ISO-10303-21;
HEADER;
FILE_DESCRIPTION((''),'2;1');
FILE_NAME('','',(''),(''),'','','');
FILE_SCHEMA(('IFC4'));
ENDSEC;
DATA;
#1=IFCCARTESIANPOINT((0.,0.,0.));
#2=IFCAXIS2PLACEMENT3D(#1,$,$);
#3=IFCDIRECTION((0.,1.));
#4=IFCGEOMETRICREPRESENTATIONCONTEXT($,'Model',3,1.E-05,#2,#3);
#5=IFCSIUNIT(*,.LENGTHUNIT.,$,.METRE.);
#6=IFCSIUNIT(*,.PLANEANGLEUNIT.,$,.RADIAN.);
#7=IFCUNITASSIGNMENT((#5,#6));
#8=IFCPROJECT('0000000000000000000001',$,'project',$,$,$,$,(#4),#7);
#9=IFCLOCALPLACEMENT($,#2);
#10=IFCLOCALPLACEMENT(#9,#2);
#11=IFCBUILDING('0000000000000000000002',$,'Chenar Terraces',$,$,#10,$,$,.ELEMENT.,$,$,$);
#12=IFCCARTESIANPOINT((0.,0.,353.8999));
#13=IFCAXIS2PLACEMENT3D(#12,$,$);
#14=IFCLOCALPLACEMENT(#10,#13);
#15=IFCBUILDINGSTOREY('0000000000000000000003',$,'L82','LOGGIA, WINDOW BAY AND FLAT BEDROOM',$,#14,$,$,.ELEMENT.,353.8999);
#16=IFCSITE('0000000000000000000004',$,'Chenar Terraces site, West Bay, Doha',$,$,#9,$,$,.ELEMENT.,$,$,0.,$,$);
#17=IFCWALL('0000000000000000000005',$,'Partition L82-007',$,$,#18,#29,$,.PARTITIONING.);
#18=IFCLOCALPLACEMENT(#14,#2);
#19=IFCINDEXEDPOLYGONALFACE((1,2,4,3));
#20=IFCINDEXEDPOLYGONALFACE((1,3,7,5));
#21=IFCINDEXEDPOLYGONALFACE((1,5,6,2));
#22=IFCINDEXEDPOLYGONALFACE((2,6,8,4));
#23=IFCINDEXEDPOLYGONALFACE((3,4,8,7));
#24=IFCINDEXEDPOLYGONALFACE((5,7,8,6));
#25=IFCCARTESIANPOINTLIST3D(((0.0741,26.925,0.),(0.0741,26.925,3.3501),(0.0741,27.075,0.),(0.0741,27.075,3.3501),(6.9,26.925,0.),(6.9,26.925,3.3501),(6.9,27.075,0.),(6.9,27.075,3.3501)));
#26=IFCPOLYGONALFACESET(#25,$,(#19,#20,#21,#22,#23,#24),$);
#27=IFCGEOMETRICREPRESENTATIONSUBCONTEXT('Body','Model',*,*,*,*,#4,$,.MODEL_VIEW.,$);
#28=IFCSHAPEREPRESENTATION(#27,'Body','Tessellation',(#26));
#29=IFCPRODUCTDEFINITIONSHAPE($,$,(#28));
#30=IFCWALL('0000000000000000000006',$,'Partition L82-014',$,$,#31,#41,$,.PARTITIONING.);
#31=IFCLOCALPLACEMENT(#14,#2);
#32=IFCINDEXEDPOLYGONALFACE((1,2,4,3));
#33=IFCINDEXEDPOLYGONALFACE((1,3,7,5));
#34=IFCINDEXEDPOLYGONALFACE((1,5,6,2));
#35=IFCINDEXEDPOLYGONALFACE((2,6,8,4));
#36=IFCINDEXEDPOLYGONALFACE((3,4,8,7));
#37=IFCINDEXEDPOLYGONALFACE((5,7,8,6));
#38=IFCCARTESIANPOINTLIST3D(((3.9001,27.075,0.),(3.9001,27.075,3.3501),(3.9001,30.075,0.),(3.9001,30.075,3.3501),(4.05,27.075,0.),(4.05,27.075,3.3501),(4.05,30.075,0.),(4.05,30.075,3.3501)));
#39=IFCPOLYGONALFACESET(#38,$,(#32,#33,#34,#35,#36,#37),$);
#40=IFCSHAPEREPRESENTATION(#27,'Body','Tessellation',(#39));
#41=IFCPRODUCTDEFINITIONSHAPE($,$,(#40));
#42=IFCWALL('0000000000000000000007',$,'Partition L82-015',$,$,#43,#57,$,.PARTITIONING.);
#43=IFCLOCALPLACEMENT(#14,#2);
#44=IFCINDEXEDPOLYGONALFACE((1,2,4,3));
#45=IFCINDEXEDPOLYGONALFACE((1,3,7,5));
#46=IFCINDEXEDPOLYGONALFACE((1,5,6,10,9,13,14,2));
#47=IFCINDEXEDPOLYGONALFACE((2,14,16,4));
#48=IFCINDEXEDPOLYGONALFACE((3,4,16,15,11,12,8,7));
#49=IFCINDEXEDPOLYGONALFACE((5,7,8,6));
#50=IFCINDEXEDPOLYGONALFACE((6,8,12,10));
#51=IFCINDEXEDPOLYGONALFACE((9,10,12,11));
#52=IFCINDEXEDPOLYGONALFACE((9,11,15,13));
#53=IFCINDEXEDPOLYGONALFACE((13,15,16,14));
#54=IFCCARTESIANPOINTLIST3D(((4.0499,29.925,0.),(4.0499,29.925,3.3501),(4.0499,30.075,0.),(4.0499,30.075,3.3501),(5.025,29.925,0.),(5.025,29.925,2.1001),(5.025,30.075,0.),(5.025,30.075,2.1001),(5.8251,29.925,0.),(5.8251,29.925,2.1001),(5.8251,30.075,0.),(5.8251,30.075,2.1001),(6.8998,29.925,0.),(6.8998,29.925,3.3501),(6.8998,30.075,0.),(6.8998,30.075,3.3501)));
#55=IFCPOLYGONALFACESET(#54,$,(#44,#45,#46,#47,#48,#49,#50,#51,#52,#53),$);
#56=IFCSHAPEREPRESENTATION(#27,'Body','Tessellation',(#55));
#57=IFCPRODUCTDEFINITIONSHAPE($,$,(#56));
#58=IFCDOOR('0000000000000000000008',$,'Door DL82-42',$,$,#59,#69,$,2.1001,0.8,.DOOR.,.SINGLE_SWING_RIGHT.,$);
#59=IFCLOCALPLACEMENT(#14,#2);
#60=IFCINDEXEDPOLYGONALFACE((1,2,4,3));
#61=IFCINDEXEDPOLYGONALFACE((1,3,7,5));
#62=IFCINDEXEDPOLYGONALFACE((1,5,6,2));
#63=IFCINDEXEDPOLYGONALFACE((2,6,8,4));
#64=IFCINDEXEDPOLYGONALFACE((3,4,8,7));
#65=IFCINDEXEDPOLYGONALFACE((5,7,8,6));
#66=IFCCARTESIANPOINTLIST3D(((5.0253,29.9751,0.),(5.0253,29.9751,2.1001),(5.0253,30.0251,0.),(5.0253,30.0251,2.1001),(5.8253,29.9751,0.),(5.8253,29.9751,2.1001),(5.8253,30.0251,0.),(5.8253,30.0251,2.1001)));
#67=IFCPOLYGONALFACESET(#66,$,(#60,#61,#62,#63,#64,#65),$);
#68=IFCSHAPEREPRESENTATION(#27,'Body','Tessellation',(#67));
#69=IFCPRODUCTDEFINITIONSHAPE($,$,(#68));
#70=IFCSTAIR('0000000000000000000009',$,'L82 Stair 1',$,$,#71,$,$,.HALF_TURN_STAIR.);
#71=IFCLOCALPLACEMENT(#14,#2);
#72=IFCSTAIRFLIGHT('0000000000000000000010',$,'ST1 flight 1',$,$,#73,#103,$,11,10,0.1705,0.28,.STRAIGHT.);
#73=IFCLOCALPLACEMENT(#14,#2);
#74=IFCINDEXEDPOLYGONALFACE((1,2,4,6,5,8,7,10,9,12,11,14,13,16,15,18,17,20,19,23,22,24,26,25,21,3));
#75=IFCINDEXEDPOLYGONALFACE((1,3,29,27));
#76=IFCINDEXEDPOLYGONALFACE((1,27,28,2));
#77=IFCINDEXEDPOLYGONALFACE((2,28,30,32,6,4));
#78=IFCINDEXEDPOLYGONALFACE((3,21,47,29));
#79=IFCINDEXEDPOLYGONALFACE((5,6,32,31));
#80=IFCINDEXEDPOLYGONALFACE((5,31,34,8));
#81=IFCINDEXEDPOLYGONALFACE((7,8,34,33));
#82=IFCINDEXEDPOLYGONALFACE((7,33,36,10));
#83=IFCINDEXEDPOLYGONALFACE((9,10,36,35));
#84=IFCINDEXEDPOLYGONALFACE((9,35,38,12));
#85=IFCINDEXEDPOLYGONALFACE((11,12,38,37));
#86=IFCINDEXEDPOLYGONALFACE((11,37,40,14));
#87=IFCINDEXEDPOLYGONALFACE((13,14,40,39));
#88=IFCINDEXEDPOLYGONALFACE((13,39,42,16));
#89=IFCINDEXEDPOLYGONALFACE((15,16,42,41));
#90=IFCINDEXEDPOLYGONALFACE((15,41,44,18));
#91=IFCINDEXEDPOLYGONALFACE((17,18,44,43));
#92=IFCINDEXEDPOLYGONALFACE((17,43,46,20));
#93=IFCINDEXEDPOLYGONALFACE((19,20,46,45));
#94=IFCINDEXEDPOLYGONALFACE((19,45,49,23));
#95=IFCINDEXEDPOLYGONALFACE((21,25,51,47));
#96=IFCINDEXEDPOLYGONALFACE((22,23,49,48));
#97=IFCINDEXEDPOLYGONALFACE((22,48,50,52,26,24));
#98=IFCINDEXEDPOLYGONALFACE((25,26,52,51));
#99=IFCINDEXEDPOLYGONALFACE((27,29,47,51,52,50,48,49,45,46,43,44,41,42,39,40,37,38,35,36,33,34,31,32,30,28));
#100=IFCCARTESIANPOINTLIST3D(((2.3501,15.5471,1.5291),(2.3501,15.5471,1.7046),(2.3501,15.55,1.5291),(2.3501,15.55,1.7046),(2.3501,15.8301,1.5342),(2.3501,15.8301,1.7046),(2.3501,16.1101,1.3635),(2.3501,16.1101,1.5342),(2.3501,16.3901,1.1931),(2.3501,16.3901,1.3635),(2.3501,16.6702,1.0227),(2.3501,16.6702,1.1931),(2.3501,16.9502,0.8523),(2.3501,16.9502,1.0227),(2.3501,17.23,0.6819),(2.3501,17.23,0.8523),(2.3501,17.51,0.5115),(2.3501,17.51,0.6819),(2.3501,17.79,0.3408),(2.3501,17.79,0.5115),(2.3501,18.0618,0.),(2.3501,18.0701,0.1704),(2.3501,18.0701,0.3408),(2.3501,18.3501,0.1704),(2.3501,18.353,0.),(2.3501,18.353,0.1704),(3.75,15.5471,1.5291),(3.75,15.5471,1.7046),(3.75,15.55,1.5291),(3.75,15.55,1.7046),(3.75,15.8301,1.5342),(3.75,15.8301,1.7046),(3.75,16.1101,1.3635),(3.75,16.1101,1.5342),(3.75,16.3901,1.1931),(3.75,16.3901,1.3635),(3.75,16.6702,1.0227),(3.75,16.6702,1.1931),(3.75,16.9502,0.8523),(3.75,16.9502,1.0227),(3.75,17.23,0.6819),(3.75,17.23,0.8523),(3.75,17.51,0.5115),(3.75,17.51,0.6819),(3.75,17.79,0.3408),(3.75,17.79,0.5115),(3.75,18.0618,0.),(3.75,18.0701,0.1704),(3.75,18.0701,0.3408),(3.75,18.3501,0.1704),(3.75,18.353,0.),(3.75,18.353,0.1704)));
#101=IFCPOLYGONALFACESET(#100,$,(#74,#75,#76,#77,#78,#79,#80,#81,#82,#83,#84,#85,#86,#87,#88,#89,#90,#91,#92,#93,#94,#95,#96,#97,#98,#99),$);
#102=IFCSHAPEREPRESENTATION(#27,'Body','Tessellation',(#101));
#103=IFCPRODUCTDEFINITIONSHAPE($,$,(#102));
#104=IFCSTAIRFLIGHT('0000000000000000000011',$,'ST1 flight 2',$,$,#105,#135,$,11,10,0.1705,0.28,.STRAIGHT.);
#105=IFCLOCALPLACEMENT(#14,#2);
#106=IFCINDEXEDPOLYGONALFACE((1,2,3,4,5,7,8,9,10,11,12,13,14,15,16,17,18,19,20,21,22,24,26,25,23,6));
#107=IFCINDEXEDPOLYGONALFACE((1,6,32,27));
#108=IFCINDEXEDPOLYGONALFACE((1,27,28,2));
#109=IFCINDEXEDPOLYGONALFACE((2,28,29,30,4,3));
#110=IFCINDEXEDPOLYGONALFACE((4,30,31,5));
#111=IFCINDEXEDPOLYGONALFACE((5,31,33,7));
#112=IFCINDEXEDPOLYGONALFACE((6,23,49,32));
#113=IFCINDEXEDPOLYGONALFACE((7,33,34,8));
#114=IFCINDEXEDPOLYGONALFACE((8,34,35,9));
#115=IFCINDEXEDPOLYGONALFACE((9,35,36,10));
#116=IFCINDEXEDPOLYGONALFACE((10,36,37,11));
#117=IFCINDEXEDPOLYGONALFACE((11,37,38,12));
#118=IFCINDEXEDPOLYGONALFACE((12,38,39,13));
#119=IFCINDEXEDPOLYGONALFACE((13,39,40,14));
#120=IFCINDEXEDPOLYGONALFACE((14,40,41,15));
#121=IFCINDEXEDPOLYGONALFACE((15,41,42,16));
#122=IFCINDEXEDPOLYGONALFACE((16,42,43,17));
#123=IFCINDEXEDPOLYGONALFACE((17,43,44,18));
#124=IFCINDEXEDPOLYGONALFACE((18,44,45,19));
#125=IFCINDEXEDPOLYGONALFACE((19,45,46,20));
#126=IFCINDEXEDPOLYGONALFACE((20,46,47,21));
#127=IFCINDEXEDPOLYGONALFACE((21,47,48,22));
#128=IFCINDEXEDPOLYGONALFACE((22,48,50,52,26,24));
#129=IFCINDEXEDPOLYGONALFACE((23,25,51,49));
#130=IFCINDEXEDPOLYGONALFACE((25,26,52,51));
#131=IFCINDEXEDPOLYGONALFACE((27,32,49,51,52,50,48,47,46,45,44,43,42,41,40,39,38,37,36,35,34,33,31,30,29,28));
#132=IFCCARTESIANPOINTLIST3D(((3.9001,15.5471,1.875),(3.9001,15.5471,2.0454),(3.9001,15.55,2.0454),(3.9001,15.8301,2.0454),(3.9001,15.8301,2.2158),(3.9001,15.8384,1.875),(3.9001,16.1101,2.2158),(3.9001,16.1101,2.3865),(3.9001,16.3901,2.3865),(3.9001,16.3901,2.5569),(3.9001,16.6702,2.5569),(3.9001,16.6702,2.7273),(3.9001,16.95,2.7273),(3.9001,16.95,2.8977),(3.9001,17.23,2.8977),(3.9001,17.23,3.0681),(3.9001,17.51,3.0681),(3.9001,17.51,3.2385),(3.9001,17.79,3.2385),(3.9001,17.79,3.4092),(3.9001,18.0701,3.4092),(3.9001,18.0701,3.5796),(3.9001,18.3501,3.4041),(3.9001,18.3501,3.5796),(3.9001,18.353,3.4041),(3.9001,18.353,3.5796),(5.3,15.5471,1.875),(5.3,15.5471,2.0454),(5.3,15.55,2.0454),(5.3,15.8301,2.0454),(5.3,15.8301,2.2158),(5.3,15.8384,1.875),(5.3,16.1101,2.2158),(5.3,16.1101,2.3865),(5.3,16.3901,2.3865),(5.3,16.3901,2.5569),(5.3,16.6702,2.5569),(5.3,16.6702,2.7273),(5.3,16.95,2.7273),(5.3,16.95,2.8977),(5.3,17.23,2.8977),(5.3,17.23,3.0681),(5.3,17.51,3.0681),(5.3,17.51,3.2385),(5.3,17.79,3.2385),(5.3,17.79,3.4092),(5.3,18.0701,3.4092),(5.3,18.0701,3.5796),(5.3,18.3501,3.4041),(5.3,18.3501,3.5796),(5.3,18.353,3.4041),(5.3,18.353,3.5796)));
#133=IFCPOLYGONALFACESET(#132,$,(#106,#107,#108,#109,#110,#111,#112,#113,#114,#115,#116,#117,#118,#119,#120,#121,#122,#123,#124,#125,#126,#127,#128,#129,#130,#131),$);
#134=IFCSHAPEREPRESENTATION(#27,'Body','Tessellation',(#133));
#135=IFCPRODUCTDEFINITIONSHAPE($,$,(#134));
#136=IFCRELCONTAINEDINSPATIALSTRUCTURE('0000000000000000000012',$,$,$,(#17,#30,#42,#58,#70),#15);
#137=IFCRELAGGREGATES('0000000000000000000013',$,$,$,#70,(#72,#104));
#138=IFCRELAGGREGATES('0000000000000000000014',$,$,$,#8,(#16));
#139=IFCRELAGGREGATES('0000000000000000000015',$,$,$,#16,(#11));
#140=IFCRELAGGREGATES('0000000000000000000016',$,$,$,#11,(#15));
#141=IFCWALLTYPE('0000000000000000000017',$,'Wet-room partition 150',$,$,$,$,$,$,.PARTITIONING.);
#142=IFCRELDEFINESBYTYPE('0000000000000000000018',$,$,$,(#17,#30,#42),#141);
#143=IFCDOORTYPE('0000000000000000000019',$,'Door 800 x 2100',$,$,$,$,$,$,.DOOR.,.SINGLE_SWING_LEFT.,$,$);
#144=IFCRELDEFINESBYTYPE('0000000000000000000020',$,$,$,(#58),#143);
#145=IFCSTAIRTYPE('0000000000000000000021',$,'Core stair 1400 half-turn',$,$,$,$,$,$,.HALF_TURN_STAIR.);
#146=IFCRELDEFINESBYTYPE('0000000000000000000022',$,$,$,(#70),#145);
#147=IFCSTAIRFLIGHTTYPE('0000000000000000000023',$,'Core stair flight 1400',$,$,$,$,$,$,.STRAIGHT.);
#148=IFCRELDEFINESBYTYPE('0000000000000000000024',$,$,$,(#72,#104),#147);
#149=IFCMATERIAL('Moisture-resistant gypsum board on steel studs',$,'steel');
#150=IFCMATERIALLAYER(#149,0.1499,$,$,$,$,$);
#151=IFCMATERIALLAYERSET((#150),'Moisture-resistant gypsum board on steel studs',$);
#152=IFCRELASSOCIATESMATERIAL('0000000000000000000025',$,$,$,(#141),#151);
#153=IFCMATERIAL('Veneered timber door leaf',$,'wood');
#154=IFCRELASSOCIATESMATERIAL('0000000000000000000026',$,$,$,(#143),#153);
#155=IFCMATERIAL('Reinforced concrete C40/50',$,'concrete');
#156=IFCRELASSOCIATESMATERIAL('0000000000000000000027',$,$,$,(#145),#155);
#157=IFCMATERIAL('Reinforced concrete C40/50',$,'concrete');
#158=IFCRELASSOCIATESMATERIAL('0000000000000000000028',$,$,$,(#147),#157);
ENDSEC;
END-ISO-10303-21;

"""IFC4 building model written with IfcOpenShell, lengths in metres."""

from ifc_helpers import new_model, si_unit, direction, frame, frame_2d, origin, place, context, subcontext, project, spatial, polyline, rectangle, outline, extrude, material, layer, layer_set, type_object, element, fill, aggregate, save


model = new_model("IFC4")

# Units and contexts
model_context = context("Model", 3, precision=1e-05, world=origin(), true_north=direction((0.0, 1.0)))
body_context = subcontext(model_context, "Body", "Model", "MODEL_VIEW")
ifc_project = project(units=[si_unit("LENGTHUNIT", "METRE"), si_unit("PLANEANGLEUNIT", "RADIAN")], contexts=[model_context])

# Site, building, storey
site_placement = place(None, origin())
site = spatial("IfcSite", under=ifc_project, at=site_placement, Name="Chenar Terraces site, West Bay, Doha", CompositionType="ELEMENT", RefElevation=0.0)
building_placement = place(site_placement, origin())
building = spatial("IfcBuilding", under=site, at=building_placement, Name="Chenar Terraces", CompositionType="ELEMENT")
storey_placement = place(building_placement, frame((0.0, 0.0, 353.8999)))
storey = spatial("IfcBuildingStorey", under=building, at=storey_placement, Name="L82", Description="LOGGIA, WINDOW BAY AND FLAT BEDROOM", CompositionType="ELEMENT", Elevation=353.8999)

# Walls
ifc_material_1 = material(Name="Moisture-resistant gypsum board on steel studs", Category="steel")
ifc_layer_1 = layer(ifc_material_1, 0.1499)
ifc_layer_set_1 = layer_set([ifc_layer_1], Name="Moisture-resistant gypsum board on steel studs")
wall_type_1 = type_object("IfcWallType", Name="Wet-room partition 150", PredefinedType="PARTITIONING", material=ifc_layer_set_1)
wall_1_placement = place(storey_placement, frame((0.074, 27.0, 0.0), z_axis=(0.0, 0.0, 1.0), x_axis=(1.0, 0.0, 0.0)))
element("IfcWall", 1, at=wall_1_placement, inside=storey, type_object=wall_type_1, Name="Partition L82-007", PredefinedType="PARTITIONING", context=body_context, shape_type="SweptSolid", body=[
    extrude(rectangle(XDim=6.8259, YDim=0.1499, at=frame_2d((3.4131, 0.0))), origin(), (0.0, 0.0, 1.0), 3.3501),
])
wall_2_placement = place(storey_placement, frame((3.9751, 27.075, 0.0), z_axis=(0.0, 0.0, 1.0), x_axis=(0.0, 1.0, 0.0)))
element("IfcWall", 2, at=wall_2_placement, inside=storey, type_object=wall_type_1, Name="Partition L82-014", PredefinedType="PARTITIONING", context=body_context, shape_type="SweptSolid", body=[
    extrude(rectangle(XDim=3.0, YDim=0.1499, at=frame_2d((1.5, 0.0))), origin(), (0.0, 0.0, 1.0), 3.3501),
])

# Wall, opening, door
wall_3_placement = place(storey_placement, frame((4.05, 30.0, 0.0), z_axis=(0.0, 0.0, 1.0), x_axis=(1.0, 0.0, 0.0)))
wall_3 = element("IfcWall", 3, at=wall_3_placement, inside=storey, type_object=wall_type_1, Name="Partition L82-015", PredefinedType="PARTITIONING", context=body_context, shape_type="SweptSolid", body=[
    extrude(rectangle(XDim=2.8499, YDim=0.1499, at=frame_2d((1.4248, 0.0))), origin(), (0.0, 0.0, 1.0), 3.3501),
])
opening_1_placement = place(wall_3_placement, frame((0.9751, 0.0, 0.0)))
opening_1 = element("IfcOpeningElement", 4, at=opening_1_placement, cuts=wall_3, PredefinedType="OPENING", context=body_context, shape_type="SweptSolid", body=[
    extrude(rectangle(XDim=0.8, YDim=2.1001, at=frame_2d((0.3999, 1.05))), frame((0.0, 0.085, 0.0), z_axis=(0.0, -1.0, 0.0), x_axis=(1.0, 0.0, 0.0)), (0.0, 0.0, 1.0), 0.1699),
])
ifc_material_2 = material(Name="Veneered timber door leaf", Category="wood")
door_type_1 = type_object("IfcDoorType", Name="Door 800 x 2100", OperationType="SINGLE_SWING_LEFT", PredefinedType="DOOR", material=ifc_material_2)
door_1_placement = place(opening_1_placement, frame((0.8, 0.0, 0.0), z_axis=(0.0, 0.0, 1.0), x_axis=(-1.0, 0.0, 0.0)))
door_1 = element("IfcDoor", 5, at=door_1_placement, inside=storey, type_object=door_type_1, Name="Door DL82-42", OperationType="SINGLE_SWING_RIGHT", OverallHeight=2.1001, OverallWidth=0.8, PredefinedType="DOOR", context=body_context, shape_type="SweptSolid", body=[
    extrude(rectangle(XDim=0.8, YDim=2.1001, at=frame_2d((0.3999, 1.05))), frame((0.0, 0.0249, 0.0), z_axis=(0.0, -1.0, 0.0), x_axis=(1.0, 0.0, 0.0)), (0.0, 0.0, 1.0), 0.05),
])
fill(opening_1, door_1)

# Stair, stair flights
ifc_material_3 = material(Name="Reinforced concrete C40/50", Category="concrete")
stair_type = type_object("IfcStairType", Name="Core stair 1400 half-turn", PredefinedType="HALF_TURN_STAIR", material=ifc_material_3)
stair_placement = place(storey_placement, origin())
stair = element("IfcStair", 6, at=stair_placement, inside=storey, type_object=stair_type, Name="L82 Stair 1", PredefinedType="HALF_TURN_STAIR")
ifc_material_4 = material(Name="Reinforced concrete C40/50", Category="concrete")
stair_flight_type = type_object("IfcStairFlightType", Name="Core stair flight 1400", PredefinedType="STRAIGHT", material=ifc_material_4)
stair_flight_1_placement = place(storey_placement, frame((3.05, 18.3501, 0.0), z_axis=(0.0, 0.0, 1.0), x_axis=(0.0, -1.0, 0.0)))
stair_flight_1 = element("IfcStairFlight", 7, at=stair_flight_1_placement, type_object=stair_flight_type, Name="ST1 flight 1", NumberOfRisers=11, NumberOfTreads=10, PredefinedType="STRAIGHT", RiserHeight=0.1705, TreadLength=0.28, context=body_context, shape_type="SweptSolid", body=[
    extrude(outline(polyline([(-0.0029, 0.0), (-0.0029, 0.1704), (0.0, 0.1704), (0.28, 0.1704), (0.28, 0.3408), (0.5601, 0.3408), (0.5601, 0.5115), (0.8401, 0.5115), (0.8401, 0.6819), (1.1201, 0.6819), (1.1201, 0.8523), (1.3999, 0.8523), (1.3999, 1.0227), (1.6799, 1.0227), (1.6799, 1.1931), (1.96, 1.1931), (1.96, 1.3635), (2.24, 1.3635), (2.24, 1.5342), (2.52, 1.5342), (2.52, 1.7046), (2.8, 1.7046), (2.803, 1.7046), (2.803, 1.5291), (2.8, 1.5291), (0.2883, 0.0), (-0.0029, 0.0)])), frame((0.0, 0.7, 0.0), z_axis=(0.0, -1.0, 0.0), x_axis=(1.0, 0.0, 0.0)), (0.0, 0.0, 1.0), 1.3999),
])
stair_flight_2_placement = place(storey_placement, frame((4.6001, 15.55, 1.875), z_axis=(0.0, 0.0, 1.0), x_axis=(0.0, 1.0, 0.0)))
stair_flight_2 = element("IfcStairFlight", 8, at=stair_flight_2_placement, type_object=stair_flight_type, Name="ST1 flight 2", NumberOfRisers=11, NumberOfTreads=10, PredefinedType="STRAIGHT", RiserHeight=0.1705, TreadLength=0.28, context=body_context, shape_type="SweptSolid", body=[
    extrude(outline(polyline([(-0.0029, 0.0), (-0.0029, 0.1704), (0.0, 0.1704), (0.28, 0.1704), (0.28, 0.3408), (0.5601, 0.3408), (0.5601, 0.5115), (0.8401, 0.5115), (0.8401, 0.6819), (1.1201, 0.6819), (1.1201, 0.8523), (1.3999, 0.8523), (1.3999, 1.0227), (1.6799, 1.0227), (1.6799, 1.1931), (1.96, 1.1931), (1.96, 1.3635), (2.24, 1.3635), (2.24, 1.5342), (2.52, 1.5342), (2.52, 1.7046), (2.8, 1.7046), (2.803, 1.7046), (2.803, 1.5291), (2.8, 1.5291), (0.2883, 0.0), (-0.0029, 0.0)])), frame((0.0, 0.7, 0.0), z_axis=(0.0, -1.0, 0.0), x_axis=(1.0, 0.0, 0.0)), (0.0, 0.0, 1.0), 1.3999),
])
aggregate(stair, [stair_flight_1, stair_flight_2])

save(model, "model.ifc")
